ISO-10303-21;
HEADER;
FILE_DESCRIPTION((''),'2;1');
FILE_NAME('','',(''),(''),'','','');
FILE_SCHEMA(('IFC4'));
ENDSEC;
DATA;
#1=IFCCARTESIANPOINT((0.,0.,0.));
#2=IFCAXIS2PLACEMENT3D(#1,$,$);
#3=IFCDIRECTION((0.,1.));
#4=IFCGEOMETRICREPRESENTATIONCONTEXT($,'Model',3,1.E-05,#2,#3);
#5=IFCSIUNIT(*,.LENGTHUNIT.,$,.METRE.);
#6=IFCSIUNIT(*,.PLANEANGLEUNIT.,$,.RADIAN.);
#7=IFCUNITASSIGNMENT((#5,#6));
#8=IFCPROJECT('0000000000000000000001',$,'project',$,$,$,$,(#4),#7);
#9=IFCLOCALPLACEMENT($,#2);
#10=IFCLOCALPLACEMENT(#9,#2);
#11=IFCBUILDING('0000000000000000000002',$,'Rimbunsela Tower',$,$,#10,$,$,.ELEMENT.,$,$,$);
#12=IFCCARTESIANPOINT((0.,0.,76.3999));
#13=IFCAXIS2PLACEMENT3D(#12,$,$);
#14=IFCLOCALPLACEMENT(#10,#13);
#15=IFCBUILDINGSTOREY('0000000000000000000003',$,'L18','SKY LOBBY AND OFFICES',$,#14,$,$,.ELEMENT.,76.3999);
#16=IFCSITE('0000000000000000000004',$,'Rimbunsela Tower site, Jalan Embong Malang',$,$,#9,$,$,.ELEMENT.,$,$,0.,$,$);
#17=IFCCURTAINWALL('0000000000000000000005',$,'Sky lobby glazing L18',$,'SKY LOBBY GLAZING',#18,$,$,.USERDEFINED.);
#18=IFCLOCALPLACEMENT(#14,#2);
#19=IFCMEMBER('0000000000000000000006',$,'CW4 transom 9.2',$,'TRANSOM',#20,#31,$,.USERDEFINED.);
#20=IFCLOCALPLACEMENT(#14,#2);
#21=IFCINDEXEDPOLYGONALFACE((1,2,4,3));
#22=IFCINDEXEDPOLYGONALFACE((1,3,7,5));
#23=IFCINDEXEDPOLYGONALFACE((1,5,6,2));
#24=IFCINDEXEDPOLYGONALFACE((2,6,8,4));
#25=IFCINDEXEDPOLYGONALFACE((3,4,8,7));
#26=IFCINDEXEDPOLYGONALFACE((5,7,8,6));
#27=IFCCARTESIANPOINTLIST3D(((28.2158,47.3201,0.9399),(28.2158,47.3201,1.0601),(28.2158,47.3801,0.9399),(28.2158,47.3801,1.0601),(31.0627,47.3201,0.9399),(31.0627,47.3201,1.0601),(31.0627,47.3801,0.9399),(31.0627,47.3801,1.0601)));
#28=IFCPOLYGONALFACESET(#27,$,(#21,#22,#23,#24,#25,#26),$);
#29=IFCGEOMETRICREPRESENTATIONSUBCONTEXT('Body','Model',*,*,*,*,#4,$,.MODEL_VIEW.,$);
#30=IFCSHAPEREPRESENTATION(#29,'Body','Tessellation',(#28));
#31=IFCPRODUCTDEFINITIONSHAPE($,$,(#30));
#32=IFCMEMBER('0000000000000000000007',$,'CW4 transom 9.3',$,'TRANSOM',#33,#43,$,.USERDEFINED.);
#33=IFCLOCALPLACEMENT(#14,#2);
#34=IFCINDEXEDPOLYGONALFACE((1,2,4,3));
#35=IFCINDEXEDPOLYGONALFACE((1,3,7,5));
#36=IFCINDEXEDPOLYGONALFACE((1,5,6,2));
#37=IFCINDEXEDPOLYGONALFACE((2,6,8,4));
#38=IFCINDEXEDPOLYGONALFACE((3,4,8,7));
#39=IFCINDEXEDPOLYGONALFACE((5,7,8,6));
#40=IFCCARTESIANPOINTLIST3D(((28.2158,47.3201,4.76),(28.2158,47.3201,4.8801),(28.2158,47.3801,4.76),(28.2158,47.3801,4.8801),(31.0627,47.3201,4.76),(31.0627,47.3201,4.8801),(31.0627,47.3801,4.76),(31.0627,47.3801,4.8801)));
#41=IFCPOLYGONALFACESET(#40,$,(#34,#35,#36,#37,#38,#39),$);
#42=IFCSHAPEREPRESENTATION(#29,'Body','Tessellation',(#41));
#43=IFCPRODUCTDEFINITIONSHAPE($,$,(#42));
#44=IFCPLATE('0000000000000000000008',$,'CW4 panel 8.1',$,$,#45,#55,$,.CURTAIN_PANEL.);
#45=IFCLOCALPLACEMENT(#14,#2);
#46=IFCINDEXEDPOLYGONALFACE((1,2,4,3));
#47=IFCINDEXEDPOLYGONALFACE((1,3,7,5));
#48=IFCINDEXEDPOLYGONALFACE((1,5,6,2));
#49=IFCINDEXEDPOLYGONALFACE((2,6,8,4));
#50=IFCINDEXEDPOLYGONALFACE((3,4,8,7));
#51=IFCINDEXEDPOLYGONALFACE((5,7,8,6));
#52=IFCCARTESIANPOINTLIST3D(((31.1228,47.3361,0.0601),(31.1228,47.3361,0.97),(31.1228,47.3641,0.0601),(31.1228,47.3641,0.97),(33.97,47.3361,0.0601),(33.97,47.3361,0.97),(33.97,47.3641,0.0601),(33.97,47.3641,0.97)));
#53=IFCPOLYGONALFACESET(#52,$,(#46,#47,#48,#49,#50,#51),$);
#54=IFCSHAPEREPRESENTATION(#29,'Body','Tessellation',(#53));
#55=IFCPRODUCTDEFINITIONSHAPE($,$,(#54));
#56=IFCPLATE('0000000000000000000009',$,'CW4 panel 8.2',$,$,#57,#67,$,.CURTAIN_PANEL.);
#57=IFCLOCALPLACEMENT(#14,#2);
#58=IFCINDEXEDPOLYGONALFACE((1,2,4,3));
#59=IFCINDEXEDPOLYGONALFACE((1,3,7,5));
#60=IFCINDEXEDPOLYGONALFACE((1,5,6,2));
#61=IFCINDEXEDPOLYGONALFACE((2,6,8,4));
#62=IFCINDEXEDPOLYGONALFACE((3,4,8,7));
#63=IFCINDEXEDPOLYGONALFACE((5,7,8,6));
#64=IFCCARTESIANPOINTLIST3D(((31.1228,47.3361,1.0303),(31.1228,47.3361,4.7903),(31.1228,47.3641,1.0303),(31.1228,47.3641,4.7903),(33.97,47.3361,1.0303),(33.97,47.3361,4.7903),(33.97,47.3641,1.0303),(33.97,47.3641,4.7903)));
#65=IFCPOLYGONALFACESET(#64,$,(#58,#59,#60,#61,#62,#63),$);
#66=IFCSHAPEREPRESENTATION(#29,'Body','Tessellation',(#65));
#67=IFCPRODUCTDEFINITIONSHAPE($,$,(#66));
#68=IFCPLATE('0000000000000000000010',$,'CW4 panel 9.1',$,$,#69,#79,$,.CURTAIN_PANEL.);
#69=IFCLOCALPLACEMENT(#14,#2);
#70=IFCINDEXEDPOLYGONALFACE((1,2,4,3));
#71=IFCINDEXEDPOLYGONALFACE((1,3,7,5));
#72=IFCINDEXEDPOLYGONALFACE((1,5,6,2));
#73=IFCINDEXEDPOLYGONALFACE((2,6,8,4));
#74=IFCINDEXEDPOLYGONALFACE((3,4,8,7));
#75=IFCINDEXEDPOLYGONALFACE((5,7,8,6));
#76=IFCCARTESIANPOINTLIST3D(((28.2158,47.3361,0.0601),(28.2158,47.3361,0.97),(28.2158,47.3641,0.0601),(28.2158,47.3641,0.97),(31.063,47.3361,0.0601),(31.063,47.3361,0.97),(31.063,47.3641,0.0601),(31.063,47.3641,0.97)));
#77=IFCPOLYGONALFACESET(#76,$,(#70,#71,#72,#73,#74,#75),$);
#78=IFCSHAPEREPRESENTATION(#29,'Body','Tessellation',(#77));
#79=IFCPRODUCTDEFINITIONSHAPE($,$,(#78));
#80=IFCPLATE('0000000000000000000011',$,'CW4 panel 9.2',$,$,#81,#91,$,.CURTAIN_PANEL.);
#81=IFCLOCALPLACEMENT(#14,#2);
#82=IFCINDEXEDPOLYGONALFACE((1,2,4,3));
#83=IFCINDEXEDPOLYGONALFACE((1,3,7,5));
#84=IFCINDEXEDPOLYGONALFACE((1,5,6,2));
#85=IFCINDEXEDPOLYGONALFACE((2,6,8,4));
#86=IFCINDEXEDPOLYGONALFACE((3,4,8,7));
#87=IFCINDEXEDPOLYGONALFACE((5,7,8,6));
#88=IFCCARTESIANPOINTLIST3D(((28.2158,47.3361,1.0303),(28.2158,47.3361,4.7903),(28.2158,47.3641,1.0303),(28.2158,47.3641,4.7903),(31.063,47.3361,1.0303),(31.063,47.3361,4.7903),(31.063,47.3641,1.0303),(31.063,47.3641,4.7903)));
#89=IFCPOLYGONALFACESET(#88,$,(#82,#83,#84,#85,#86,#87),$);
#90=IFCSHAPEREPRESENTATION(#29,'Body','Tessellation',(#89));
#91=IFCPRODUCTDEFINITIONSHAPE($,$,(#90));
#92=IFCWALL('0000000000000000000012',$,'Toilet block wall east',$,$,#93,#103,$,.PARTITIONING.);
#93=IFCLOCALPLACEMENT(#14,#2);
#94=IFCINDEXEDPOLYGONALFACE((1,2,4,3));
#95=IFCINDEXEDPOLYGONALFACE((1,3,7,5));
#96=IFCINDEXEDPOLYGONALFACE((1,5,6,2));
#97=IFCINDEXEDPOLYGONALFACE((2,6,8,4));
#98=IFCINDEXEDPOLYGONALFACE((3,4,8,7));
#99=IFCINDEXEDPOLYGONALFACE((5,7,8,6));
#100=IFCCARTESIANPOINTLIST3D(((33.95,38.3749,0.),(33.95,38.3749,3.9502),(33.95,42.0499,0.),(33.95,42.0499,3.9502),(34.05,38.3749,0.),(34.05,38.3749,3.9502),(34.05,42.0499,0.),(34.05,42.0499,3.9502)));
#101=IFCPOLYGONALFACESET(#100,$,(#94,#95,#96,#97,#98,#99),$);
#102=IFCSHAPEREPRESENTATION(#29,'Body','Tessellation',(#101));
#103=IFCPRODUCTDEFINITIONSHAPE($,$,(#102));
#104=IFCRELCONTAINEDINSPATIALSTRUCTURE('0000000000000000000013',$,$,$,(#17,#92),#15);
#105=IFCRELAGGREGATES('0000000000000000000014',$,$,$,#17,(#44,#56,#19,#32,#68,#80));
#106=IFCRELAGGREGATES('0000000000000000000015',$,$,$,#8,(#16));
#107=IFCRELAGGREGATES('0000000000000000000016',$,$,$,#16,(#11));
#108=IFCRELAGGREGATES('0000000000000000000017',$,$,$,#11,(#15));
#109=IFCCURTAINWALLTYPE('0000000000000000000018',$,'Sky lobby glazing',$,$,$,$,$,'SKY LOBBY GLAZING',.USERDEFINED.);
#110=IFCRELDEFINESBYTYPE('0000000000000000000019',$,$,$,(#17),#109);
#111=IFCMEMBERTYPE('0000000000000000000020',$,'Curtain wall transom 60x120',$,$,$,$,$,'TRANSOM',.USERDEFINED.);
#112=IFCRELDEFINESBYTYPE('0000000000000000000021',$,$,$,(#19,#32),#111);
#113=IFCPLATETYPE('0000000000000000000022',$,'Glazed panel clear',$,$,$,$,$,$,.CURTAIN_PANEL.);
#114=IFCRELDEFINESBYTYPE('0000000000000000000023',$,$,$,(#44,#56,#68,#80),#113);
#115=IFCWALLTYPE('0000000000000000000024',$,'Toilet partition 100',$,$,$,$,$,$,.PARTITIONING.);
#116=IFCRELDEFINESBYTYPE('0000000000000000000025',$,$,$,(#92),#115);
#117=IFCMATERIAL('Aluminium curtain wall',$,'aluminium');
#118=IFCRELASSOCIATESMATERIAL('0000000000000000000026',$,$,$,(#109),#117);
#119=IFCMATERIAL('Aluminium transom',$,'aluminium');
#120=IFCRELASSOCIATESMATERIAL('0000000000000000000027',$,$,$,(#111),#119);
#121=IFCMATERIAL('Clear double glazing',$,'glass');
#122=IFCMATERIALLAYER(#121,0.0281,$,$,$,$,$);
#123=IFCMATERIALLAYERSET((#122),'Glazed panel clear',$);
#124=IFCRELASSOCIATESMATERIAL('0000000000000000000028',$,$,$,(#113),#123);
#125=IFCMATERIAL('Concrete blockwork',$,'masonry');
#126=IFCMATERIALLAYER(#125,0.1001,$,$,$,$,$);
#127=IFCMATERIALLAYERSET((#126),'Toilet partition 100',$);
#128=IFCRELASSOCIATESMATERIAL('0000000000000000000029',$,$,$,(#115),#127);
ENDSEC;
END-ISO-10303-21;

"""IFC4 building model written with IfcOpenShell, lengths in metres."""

from ifc_helpers import new_model, si_unit, direction, frame, frame_2d, origin, origin_2d, place, context, subcontext, project, spatial, rectangle, extrude, material, layer, layer_set, material_profile, profile_set, type_object, element, aggregate, save


model = new_model("IFC4")

# Units and contexts
model_context = context("Model", 3, precision=1e-05, world=origin(), true_north=direction((0.0, 1.0)))
body_context = subcontext(model_context, "Body", "Model", "MODEL_VIEW")
ifc_project = project(units=[si_unit("LENGTHUNIT", "METRE"), si_unit("PLANEANGLEUNIT", "RADIAN")], contexts=[model_context])

# Site, building, storey
site_placement = place(None, origin())
site = spatial("IfcSite", under=ifc_project, at=site_placement, Name="Rimbunsela Tower site, Jalan Embong Malang", CompositionType="ELEMENT", RefElevation=0.0)
building_placement = place(site_placement, origin())
building = spatial("IfcBuilding", under=site, at=building_placement, Name="Rimbunsela Tower", CompositionType="ELEMENT")
storey_placement = place(building_placement, frame((0.0, 0.0, 76.3999)))
storey = spatial("IfcBuildingStorey", under=building, at=storey_placement, Name="L18", Description="SKY LOBBY AND OFFICES", CompositionType="ELEMENT", Elevation=76.3999)

# Curtain wall, members, plates
ifc_material_1 = material(Name="Aluminium curtain wall", Category="aluminium")
curtain_wall_type = type_object("IfcCurtainWallType", Name="Sky lobby glazing", ElementType="SKY LOBBY GLAZING", PredefinedType="USERDEFINED", material=ifc_material_1)
curtain_wall_placement = place(storey_placement, origin())
curtain_wall = element("IfcCurtainWall", 1, at=curtain_wall_placement, inside=storey, type_object=curtain_wall_type, Name="Sky lobby glazing L18", ObjectType="SKY LOBBY GLAZING", PredefinedType="USERDEFINED")
ifc_material_2 = material(Name="Aluminium transom", Category="aluminium")
ifc_material_profile_1 = material_profile(ifc_material_2, rectangle(XDim=0.0601, YDim=0.1201, at=origin_2d()), Name="Transom 60x120")
ifc_profile_set_1 = profile_set([ifc_material_profile_1], Name="Aluminium transom")
member_type_1 = type_object("IfcMemberType", Name="Curtain wall transom 60x120", ElementType="TRANSOM", PredefinedType="USERDEFINED", material=ifc_profile_set_1)
member_1_placement = place(storey_placement, frame((31.0627, 47.3501, 1.0), z_axis=(-1.0, 0.0, 0.0), x_axis=(0.0, -1.0, 0.0)))
member_1 = element("IfcMember", 2, at=member_1_placement, type_object=member_type_1, Name="CW4 transom 9.2", ObjectType="TRANSOM", PredefinedType="USERDEFINED", context=body_context, shape_type="SweptSolid", body=[
    extrude(rectangle(XDim=0.0601, YDim=0.1201, at=origin_2d()), origin(), (0.0, 0.0, 1.0), 2.8469),
])
member_2_placement = place(storey_placement, frame((31.0627, 47.3501, 4.8201), z_axis=(-1.0, 0.0, 0.0), x_axis=(0.0, -1.0, 0.0)))
member_2 = element("IfcMember", 3, at=member_2_placement, type_object=member_type_1, Name="CW4 transom 9.3", ObjectType="TRANSOM", PredefinedType="USERDEFINED", context=body_context, shape_type="SweptSolid", body=[
    extrude(rectangle(XDim=0.0601, YDim=0.1201, at=origin_2d()), origin(), (0.0, 0.0, 1.0), 2.8469),
])
ifc_material_3 = material(Name="Clear double glazing", Category="glass")
ifc_layer_1 = layer(ifc_material_3, 0.0281)
ifc_layer_set_1 = layer_set([ifc_layer_1], Name="Glazed panel clear")
plate_type = type_object("IfcPlateType", Name="Glazed panel clear", PredefinedType="CURTAIN_PANEL", material=ifc_layer_set_1)
plate_1_placement = place(storey_placement, frame((32.5464, 47.3501, 0.0601), z_axis=(0.0, 0.0, 1.0), x_axis=(-1.0, 0.0, 0.0)))
plate_1 = element("IfcPlate", 4, at=plate_1_placement, type_object=plate_type, Name="CW4 panel 8.1", PredefinedType="CURTAIN_PANEL", context=body_context, shape_type="SweptSolid", body=[
    extrude(rectangle(XDim=2.8472, YDim=0.0281, at=origin_2d()), origin(), (0.0, 0.0, 1.0), 0.9099),
])
plate_2_placement = place(storey_placement, frame((32.5464, 47.3501, 1.0303), z_axis=(0.0, 0.0, 1.0), x_axis=(-1.0, 0.0, 0.0)))
plate_2 = element("IfcPlate", 5, at=plate_2_placement, type_object=plate_type, Name="CW4 panel 8.2", PredefinedType="CURTAIN_PANEL", context=body_context, shape_type="SweptSolid", body=[
    extrude(rectangle(XDim=2.8472, YDim=0.0281, at=origin_2d()), origin(), (0.0, 0.0, 1.0), 3.76),
])
plate_3_placement = place(storey_placement, frame((29.6394, 47.3501, 0.0601), z_axis=(0.0, 0.0, 1.0), x_axis=(-1.0, 0.0, 0.0)))
plate_3 = element("IfcPlate", 6, at=plate_3_placement, type_object=plate_type, Name="CW4 panel 9.1", PredefinedType="CURTAIN_PANEL", context=body_context, shape_type="SweptSolid", body=[
    extrude(rectangle(XDim=2.8472, YDim=0.0281, at=origin_2d()), origin(), (0.0, 0.0, 1.0), 0.9099),
])
plate_4_placement = place(storey_placement, frame((29.6394, 47.3501, 1.0303), z_axis=(0.0, 0.0, 1.0), x_axis=(-1.0, 0.0, 0.0)))
plate_4 = element("IfcPlate", 7, at=plate_4_placement, type_object=plate_type, Name="CW4 panel 9.2", PredefinedType="CURTAIN_PANEL", context=body_context, shape_type="SweptSolid", body=[
    extrude(rectangle(XDim=2.8472, YDim=0.0281, at=origin_2d()), origin(), (0.0, 0.0, 1.0), 3.76),
])
aggregate(curtain_wall, [plate_1, plate_2, member_1, member_2, plate_3, plate_4])

# Wall
ifc_material_4 = material(Name="Concrete blockwork", Category="masonry")
ifc_layer_2 = layer(ifc_material_4, 0.1001)
ifc_layer_set_2 = layer_set([ifc_layer_2], Name="Toilet partition 100")
wall_type = type_object("IfcWallType", Name="Toilet partition 100", PredefinedType="PARTITIONING", material=ifc_layer_set_2)
wall_placement = place(storey_placement, frame((34.0, 38.375, 0.0), z_axis=(0.0, 0.0, 1.0), x_axis=(0.0, 1.0, 0.0)))
element("IfcWall", 8, at=wall_placement, inside=storey, type_object=wall_type, Name="Toilet block wall east", PredefinedType="PARTITIONING", context=body_context, shape_type="SweptSolid", body=[
    extrude(rectangle(XDim=3.675, YDim=0.1001, at=frame_2d((1.8374, 0.0))), origin(), (0.0, 0.0, 1.0), 3.9502),
])

save(model, "model.ifc")
